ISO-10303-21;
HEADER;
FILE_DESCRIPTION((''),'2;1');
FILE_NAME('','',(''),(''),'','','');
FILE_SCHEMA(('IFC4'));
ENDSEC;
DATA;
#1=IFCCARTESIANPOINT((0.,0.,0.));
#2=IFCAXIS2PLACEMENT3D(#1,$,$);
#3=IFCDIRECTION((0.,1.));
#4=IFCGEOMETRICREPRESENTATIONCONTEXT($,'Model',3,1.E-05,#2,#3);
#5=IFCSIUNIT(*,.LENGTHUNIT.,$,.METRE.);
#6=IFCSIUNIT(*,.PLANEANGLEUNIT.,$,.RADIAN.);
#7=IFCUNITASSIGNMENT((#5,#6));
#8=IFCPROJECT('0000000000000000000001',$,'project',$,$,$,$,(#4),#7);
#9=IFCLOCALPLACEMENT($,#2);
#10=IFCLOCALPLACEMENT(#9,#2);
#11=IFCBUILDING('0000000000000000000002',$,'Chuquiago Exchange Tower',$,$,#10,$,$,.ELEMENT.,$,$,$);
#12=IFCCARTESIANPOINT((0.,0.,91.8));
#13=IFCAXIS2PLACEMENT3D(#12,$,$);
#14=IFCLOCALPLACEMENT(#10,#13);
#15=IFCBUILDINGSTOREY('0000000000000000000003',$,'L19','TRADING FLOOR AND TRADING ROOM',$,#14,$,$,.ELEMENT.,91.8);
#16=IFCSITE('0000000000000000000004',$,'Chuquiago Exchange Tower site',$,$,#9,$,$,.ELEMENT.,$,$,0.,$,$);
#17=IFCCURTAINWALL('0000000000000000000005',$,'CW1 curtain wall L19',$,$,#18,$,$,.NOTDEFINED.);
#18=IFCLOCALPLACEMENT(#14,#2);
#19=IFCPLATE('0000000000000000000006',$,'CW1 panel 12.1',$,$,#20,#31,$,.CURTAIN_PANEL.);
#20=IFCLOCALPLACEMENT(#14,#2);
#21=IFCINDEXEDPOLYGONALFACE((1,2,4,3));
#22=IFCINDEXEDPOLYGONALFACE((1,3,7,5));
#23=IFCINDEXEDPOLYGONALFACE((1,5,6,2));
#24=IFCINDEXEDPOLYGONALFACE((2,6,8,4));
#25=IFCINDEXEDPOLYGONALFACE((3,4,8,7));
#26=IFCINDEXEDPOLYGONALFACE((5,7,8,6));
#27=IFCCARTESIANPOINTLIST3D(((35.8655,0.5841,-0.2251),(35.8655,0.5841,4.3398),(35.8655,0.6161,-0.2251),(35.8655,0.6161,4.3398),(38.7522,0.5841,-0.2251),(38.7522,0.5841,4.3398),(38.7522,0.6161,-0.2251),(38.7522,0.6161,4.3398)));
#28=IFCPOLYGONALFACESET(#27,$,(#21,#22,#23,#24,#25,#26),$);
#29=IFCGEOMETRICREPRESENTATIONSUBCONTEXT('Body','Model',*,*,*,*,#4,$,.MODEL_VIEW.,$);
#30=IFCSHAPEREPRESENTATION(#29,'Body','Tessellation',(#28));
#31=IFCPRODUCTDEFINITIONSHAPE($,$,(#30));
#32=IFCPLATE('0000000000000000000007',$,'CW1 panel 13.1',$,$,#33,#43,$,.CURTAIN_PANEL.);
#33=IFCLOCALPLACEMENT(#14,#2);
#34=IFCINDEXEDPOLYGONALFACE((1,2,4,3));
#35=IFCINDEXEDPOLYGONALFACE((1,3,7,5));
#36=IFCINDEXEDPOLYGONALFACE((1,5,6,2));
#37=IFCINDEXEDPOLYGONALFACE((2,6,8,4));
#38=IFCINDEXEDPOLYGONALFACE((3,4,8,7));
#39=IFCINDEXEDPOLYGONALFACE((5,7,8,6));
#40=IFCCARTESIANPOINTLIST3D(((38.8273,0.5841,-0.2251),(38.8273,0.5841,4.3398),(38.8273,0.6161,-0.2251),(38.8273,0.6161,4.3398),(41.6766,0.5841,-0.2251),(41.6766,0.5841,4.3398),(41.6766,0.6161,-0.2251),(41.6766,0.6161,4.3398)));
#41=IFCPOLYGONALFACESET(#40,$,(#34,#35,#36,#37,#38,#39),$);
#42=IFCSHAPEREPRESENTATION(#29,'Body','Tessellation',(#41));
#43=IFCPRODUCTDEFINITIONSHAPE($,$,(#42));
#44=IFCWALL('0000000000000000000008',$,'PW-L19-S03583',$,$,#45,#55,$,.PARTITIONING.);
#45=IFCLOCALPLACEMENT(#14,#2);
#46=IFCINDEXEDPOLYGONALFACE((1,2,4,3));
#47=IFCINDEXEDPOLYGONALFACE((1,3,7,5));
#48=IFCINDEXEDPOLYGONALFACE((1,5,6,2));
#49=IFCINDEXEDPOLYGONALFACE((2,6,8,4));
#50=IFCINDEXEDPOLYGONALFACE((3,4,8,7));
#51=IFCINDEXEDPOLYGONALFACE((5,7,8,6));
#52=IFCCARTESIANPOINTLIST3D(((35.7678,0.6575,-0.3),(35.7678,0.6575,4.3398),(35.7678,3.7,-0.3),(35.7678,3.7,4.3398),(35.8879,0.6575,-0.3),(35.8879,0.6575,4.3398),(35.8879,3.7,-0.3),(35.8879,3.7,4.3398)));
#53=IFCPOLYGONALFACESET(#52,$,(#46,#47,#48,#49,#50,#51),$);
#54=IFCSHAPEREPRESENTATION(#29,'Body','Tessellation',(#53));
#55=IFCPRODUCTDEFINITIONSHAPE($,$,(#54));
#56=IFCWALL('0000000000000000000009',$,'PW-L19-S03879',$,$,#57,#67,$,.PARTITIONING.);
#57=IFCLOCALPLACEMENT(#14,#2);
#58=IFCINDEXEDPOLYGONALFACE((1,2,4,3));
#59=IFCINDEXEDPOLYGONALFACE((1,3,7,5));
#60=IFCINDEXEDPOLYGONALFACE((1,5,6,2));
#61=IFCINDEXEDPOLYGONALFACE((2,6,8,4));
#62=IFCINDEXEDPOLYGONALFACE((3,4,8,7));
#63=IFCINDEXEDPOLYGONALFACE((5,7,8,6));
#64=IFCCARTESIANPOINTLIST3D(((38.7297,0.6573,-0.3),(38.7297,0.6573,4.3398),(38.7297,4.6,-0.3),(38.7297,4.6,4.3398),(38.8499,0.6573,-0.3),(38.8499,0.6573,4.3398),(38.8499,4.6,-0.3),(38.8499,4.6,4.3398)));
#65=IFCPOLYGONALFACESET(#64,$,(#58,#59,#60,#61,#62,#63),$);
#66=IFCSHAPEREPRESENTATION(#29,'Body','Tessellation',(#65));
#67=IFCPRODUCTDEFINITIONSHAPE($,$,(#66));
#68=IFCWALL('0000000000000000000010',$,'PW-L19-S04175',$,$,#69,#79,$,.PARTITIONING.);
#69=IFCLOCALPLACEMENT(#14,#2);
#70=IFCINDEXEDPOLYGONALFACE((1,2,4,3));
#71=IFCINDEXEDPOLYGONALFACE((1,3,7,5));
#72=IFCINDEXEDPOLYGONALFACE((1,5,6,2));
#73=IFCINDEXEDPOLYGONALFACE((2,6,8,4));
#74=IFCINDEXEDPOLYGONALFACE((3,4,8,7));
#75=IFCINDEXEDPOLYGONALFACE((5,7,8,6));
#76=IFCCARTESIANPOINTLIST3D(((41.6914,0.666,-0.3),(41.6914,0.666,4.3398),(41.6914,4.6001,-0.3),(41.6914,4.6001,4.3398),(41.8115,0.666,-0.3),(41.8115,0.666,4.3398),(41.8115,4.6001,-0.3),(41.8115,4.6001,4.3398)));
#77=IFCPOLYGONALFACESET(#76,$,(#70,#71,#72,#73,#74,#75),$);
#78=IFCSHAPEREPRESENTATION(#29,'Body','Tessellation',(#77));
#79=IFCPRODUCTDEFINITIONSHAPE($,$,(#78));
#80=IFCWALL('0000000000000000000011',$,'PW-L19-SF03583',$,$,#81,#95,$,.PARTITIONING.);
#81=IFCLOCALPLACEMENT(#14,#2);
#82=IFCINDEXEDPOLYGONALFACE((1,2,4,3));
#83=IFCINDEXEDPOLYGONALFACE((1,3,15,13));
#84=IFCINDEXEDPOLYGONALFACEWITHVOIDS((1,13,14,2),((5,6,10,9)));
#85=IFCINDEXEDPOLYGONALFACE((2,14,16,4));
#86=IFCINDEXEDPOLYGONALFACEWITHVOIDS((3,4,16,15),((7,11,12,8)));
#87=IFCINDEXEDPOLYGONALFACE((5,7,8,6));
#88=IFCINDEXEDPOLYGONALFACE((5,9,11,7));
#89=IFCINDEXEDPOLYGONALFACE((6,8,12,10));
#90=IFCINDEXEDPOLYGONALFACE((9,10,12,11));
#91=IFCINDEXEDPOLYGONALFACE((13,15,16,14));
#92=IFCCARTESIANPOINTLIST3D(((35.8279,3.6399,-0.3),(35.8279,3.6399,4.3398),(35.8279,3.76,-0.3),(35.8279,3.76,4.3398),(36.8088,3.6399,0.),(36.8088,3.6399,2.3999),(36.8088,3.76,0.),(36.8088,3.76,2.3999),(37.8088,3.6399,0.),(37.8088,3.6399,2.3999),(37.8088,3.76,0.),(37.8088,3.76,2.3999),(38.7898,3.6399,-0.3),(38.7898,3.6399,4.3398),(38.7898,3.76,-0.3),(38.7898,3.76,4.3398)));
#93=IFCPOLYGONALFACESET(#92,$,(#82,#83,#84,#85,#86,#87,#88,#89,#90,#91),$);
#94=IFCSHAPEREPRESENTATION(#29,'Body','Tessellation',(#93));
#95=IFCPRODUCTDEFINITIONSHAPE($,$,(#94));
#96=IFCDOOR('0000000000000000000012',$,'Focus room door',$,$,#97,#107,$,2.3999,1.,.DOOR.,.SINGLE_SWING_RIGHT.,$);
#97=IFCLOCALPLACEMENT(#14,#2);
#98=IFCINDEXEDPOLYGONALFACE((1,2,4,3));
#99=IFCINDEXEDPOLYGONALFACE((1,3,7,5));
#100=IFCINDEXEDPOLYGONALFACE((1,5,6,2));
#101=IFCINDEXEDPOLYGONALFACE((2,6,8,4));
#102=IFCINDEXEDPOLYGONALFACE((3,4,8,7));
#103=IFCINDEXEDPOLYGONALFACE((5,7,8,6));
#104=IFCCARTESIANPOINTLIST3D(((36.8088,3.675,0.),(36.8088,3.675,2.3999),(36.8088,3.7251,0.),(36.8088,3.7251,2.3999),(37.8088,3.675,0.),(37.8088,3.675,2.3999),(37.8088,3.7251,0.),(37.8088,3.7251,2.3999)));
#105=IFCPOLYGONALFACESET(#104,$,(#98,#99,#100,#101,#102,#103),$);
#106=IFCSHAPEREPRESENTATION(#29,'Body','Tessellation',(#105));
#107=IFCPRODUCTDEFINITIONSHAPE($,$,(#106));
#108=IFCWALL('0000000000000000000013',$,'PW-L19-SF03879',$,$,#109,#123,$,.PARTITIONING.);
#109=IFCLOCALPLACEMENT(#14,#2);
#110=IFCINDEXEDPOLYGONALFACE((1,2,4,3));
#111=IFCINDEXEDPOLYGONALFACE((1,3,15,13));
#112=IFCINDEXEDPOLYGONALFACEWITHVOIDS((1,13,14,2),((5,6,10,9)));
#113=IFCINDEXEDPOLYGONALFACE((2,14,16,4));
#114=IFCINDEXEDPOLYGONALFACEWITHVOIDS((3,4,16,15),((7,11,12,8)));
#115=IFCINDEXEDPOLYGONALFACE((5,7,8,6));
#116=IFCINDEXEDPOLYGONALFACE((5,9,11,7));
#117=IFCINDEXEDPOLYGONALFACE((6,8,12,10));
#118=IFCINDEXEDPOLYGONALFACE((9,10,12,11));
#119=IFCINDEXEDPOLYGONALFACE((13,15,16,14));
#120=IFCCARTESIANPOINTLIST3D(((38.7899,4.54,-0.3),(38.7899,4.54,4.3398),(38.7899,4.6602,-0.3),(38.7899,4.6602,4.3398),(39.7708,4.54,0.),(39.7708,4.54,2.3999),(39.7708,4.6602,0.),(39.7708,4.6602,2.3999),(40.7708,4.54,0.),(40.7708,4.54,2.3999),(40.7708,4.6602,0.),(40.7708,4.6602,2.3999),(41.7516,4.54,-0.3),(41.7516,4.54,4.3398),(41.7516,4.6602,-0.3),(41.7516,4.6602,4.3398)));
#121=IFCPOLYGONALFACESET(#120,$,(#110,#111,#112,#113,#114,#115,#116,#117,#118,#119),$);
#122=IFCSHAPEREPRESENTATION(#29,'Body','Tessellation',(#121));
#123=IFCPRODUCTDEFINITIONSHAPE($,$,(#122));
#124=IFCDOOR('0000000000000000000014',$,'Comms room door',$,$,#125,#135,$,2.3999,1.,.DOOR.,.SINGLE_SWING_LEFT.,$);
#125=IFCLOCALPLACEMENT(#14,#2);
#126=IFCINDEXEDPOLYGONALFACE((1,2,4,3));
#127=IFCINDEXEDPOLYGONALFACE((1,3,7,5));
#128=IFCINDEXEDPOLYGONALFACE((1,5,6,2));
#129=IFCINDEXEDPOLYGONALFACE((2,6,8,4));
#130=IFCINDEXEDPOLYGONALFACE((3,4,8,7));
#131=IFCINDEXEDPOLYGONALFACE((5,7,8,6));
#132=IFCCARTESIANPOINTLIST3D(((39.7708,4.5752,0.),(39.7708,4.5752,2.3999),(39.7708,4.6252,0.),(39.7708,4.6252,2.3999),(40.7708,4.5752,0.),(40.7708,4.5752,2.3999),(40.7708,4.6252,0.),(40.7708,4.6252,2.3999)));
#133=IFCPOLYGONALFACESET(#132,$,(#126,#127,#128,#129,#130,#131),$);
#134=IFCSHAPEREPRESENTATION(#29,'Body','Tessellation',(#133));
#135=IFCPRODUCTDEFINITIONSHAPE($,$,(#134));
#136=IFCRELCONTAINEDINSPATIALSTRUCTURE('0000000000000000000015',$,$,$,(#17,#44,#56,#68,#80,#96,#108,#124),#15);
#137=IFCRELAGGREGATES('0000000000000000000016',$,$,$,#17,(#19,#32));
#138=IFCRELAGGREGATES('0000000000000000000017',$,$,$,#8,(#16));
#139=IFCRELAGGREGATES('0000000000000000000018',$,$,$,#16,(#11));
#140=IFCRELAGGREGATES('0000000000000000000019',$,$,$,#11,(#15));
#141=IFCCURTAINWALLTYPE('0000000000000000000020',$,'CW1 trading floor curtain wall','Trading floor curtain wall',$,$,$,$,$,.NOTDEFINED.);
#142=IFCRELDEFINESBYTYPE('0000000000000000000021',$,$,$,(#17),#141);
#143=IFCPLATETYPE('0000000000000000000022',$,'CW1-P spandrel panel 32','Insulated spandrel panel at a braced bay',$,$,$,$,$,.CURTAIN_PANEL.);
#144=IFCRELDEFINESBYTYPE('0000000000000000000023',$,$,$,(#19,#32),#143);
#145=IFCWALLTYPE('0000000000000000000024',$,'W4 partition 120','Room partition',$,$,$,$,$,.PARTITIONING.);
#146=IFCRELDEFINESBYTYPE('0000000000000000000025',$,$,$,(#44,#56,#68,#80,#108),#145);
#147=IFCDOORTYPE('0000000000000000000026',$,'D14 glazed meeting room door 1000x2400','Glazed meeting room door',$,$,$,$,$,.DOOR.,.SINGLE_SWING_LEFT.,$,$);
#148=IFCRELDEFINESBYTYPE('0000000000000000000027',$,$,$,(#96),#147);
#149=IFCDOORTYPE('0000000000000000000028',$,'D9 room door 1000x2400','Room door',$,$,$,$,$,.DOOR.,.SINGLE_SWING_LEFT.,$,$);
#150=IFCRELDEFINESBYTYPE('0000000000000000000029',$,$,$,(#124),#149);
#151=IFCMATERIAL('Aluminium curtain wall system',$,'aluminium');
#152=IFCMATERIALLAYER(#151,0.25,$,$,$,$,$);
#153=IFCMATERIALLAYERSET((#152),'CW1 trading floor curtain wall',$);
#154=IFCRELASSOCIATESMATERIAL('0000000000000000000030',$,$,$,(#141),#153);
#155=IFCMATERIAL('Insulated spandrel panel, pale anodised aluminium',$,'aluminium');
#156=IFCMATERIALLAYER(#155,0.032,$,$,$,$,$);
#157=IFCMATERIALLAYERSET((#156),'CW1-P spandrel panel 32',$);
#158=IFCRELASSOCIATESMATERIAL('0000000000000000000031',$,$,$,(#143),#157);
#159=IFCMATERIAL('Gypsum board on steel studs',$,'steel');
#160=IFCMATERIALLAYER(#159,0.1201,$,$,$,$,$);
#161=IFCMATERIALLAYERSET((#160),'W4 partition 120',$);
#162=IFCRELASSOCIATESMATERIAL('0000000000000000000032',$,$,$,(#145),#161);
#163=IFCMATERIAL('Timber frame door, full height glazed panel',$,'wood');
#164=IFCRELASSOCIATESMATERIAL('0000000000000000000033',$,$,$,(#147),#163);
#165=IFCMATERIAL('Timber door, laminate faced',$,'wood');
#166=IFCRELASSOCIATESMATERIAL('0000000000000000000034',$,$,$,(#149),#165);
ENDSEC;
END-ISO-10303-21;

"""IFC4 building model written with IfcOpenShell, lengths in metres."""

from ifc_helpers import new_model, si_unit, direction, frame, frame_2d, origin, origin_2d, place, context, subcontext, project, spatial, rectangle, extrude, material, layer, layer_set, type_object, element, fill, aggregate, save


model = new_model("IFC4")

# Units and contexts
model_context = context("Model", 3, precision=1e-05, world=origin(), true_north=direction((0.0, 1.0)))
body_context = subcontext(model_context, "Body", "Model", "MODEL_VIEW")
ifc_project = project(units=[si_unit("LENGTHUNIT", "METRE"), si_unit("PLANEANGLEUNIT", "RADIAN")], contexts=[model_context])

# Site, building, storey
site_placement = place(None, origin())
site = spatial("IfcSite", under=ifc_project, at=site_placement, Name="Chuquiago Exchange Tower site", CompositionType="ELEMENT", RefElevation=0.0)
building_placement = place(site_placement, origin())
building = spatial("IfcBuilding", under=site, at=building_placement, Name="Chuquiago Exchange Tower", CompositionType="ELEMENT")
storey_placement = place(building_placement, frame((0.0, 0.0, 91.8)))
storey = spatial("IfcBuildingStorey", under=building, at=storey_placement, Name="L19", Description="TRADING FLOOR AND TRADING ROOM", CompositionType="ELEMENT", Elevation=91.8)

# Curtain wall
ifc_material_1 = material(Name="Aluminium curtain wall system", Category="aluminium")
ifc_layer_1 = layer(ifc_material_1, 0.25)
ifc_layer_set_1 = layer_set([ifc_layer_1], Name="CW1 trading floor curtain wall")
curtain_wall_type_1 = type_object("IfcCurtainWallType", Name="CW1 trading floor curtain wall", Description="Trading floor curtain wall", PredefinedType="NOTDEFINED", material=ifc_layer_set_1)
curtain_wall_1_placement = place(storey_placement, origin())
curtain_wall_1 = element("IfcCurtainWall", 1, at=curtain_wall_1_placement, inside=storey, type_object=curtain_wall_type_1, Name="CW1 curtain wall L19", PredefinedType="NOTDEFINED")

# Plates
ifc_material_2 = material(Name="Insulated spandrel panel, pale anodised aluminium", Category="aluminium")
ifc_layer_2 = layer(ifc_material_2, 0.032)
ifc_layer_set_2 = layer_set([ifc_layer_2], Name="CW1-P spandrel panel 32")
plate_type_1 = type_object("IfcPlateType", Name="CW1-P spandrel panel 32", Description="Insulated spandrel panel at a braced bay", PredefinedType="CURTAIN_PANEL", material=ifc_layer_set_2)
plate_1_placement = place(storey_placement, frame((37.3088, 0.6001, -0.2251), z_axis=(0.0, 0.0, 1.0), x_axis=(1.0, 0.0, 0.0)))
plate_1 = element("IfcPlate", 2, at=plate_1_placement, type_object=plate_type_1, Name="CW1 panel 12.1", PredefinedType="CURTAIN_PANEL", context=body_context, shape_type="SweptSolid", body=[
    extrude(rectangle(XDim=2.8867, YDim=0.032, at=origin_2d()), origin(), (0.0, 0.0, 1.0), 4.5649),
])
plate_2_placement = place(storey_placement, frame((40.252, 0.6001, -0.2251), z_axis=(0.0, 0.0, 1.0), x_axis=(1.0, 0.0, 0.0)))
plate_2 = element("IfcPlate", 3, at=plate_2_placement, type_object=plate_type_1, Name="CW1 panel 13.1", PredefinedType="CURTAIN_PANEL", context=body_context, shape_type="SweptSolid", body=[
    extrude(rectangle(XDim=2.8494, YDim=0.032, at=origin_2d()), origin(), (0.0, 0.0, 1.0), 4.5649),
])
aggregate(curtain_wall_1, [plate_1, plate_2])

# Walls
ifc_material_3 = material(Name="Gypsum board on steel studs", Category="steel")
ifc_layer_3 = layer(ifc_material_3, 0.1201)
ifc_layer_set_3 = layer_set([ifc_layer_3], Name="W4 partition 120")
wall_type = type_object("IfcWallType", Name="W4 partition 120", Description="Room partition", PredefinedType="PARTITIONING", material=ifc_layer_set_3)
wall_1_placement = place(storey_placement, frame((35.8279, 0.6575, -0.3), z_axis=(0.0, 0.0, 1.0), x_axis=(0.0, 1.0, 0.0)))
element("IfcWall", 4, at=wall_1_placement, inside=storey, type_object=wall_type, Name="PW-L19-S03583", PredefinedType="PARTITIONING", context=body_context, shape_type="SweptSolid", body=[
    extrude(rectangle(XDim=3.0425, YDim=0.1201, at=frame_2d((1.5212, 0.0))), origin(), (0.0, 0.0, 1.0), 4.6399),
])
wall_2_placement = place(storey_placement, frame((38.7898, 0.6575, -0.3), z_axis=(0.0, 0.0, 1.0), x_axis=(0.0, 1.0, 0.0)))
element("IfcWall", 5, at=wall_2_placement, inside=storey, type_object=wall_type, Name="PW-L19-S03879", PredefinedType="PARTITIONING", context=body_context, shape_type="SweptSolid", body=[
    extrude(rectangle(XDim=3.9426, YDim=0.1201, at=frame_2d((1.9712, 0.0))), origin(), (0.0, 0.0, 1.0), 4.6399),
])
wall_3_placement = place(storey_placement, frame((41.7515, 0.666, -0.3), z_axis=(0.0, 0.0, 1.0), x_axis=(0.0, 1.0, 0.0)))
element("IfcWall", 6, at=wall_3_placement, inside=storey, type_object=wall_type, Name="PW-L19-S04175", PredefinedType="PARTITIONING", context=body_context, shape_type="SweptSolid", body=[
    extrude(rectangle(XDim=3.9341, YDim=0.1201, at=frame_2d((1.967, 0.0))), origin(), (0.0, 0.0, 1.0), 4.6399),
])

# Walls, openings, doors
wall_4_placement = place(storey_placement, frame((35.8279, 3.7, -0.3), z_axis=(0.0, 0.0, 1.0), x_axis=(1.0, 0.0, 0.0)))
wall_4 = element("IfcWall", 7, at=wall_4_placement, inside=storey, type_object=wall_type, Name="PW-L19-SF03583", PredefinedType="PARTITIONING", context=body_context, shape_type="SweptSolid", body=[
    extrude(rectangle(XDim=2.9619, YDim=0.1201, at=frame_2d((1.481, 0.0))), origin(), (0.0, 0.0, 1.0), 4.6399),
])
opening_1_placement = place(wall_4_placement, frame((0.981, 0.0, 0.3)))
opening_1 = element("IfcOpeningElement", 8, at=opening_1_placement, cuts=wall_4, PredefinedType="OPENING", context=body_context, shape_type="SweptSolid", body=[
    extrude(rectangle(XDim=1.0, YDim=2.3999, at=frame_2d((0.5, 1.2))), frame((0.0, 0.0701, 0.0), z_axis=(0.0, -1.0, 0.0), x_axis=(1.0, 0.0, 0.0)), (0.0, 0.0, 1.0), 0.1401),
])
ifc_material_4 = material(Name="Timber frame door, full height glazed panel", Category="wood")
door_type_1 = type_object("IfcDoorType", Name="D14 glazed meeting room door 1000x2400", Description="Glazed meeting room door", OperationType="SINGLE_SWING_LEFT", PredefinedType="DOOR", material=ifc_material_4)
door_1_placement = place(opening_1_placement, frame((1.0, 0.0, 0.0), z_axis=(0.0, 0.0, 1.0), x_axis=(-1.0, 0.0, 0.0)))
door_1 = element("IfcDoor", 9, at=door_1_placement, inside=storey, type_object=door_type_1, Name="Focus room door", OperationType="SINGLE_SWING_RIGHT", OverallHeight=2.3999, OverallWidth=1.0, PredefinedType="DOOR", context=body_context, shape_type="SweptSolid", body=[
    extrude(rectangle(XDim=1.0, YDim=2.3999, at=frame_2d((0.5, 1.2))), frame((0.0, 0.0249, 0.0), z_axis=(0.0, -1.0, 0.0), x_axis=(1.0, 0.0, 0.0)), (0.0, 0.0, 1.0), 0.05),
])
fill(opening_1, door_1)
wall_5_placement = place(storey_placement, frame((38.7898, 4.6001, -0.3), z_axis=(0.0, 0.0, 1.0), x_axis=(1.0, 0.0, 0.0)))
wall_5 = element("IfcWall", 10, at=wall_5_placement, inside=storey, type_object=wall_type, Name="PW-L19-SF03879", PredefinedType="PARTITIONING", context=body_context, shape_type="SweptSolid", body=[
    extrude(rectangle(XDim=2.9617, YDim=0.1201, at=frame_2d((1.481, 0.0))), origin(), (0.0, 0.0, 1.0), 4.6399),
])
opening_2_placement = place(wall_5_placement, frame((0.981, 0.0, 0.3)))
opening_2 = element("IfcOpeningElement", 11, at=opening_2_placement, cuts=wall_5, PredefinedType="OPENING", context=body_context, shape_type="SweptSolid", body=[
    extrude(rectangle(XDim=1.0, YDim=2.3999, at=frame_2d((0.5, 1.2))), frame((0.0, 0.0701, 0.0), z_axis=(0.0, -1.0, 0.0), x_axis=(1.0, 0.0, 0.0)), (0.0, 0.0, 1.0), 0.1401),
])
ifc_material_5 = material(Name="Timber door, laminate faced", Category="wood")
door_type_2 = type_object("IfcDoorType", Name="D9 room door 1000x2400", Description="Room door", OperationType="SINGLE_SWING_LEFT", PredefinedType="DOOR", material=ifc_material_5)
door_2_placement = place(opening_2_placement, frame((1.0, 0.0, 0.0), z_axis=(0.0, 0.0, 1.0), x_axis=(-1.0, 0.0, 0.0)))
door_2 = element("IfcDoor", 12, at=door_2_placement, inside=storey, type_object=door_type_2, Name="Comms room door", OperationType="SINGLE_SWING_LEFT", OverallHeight=2.3999, OverallWidth=1.0, PredefinedType="DOOR", context=body_context, shape_type="SweptSolid", body=[
    extrude(rectangle(XDim=1.0, YDim=2.3999, at=frame_2d((0.5, 1.2))), frame((0.0, 0.0249, 0.0), z_axis=(0.0, -1.0, 0.0), x_axis=(1.0, 0.0, 0.0)), (0.0, 0.0, 1.0), 0.05),
])
fill(opening_2, door_2)

save(model, "model.ifc")
